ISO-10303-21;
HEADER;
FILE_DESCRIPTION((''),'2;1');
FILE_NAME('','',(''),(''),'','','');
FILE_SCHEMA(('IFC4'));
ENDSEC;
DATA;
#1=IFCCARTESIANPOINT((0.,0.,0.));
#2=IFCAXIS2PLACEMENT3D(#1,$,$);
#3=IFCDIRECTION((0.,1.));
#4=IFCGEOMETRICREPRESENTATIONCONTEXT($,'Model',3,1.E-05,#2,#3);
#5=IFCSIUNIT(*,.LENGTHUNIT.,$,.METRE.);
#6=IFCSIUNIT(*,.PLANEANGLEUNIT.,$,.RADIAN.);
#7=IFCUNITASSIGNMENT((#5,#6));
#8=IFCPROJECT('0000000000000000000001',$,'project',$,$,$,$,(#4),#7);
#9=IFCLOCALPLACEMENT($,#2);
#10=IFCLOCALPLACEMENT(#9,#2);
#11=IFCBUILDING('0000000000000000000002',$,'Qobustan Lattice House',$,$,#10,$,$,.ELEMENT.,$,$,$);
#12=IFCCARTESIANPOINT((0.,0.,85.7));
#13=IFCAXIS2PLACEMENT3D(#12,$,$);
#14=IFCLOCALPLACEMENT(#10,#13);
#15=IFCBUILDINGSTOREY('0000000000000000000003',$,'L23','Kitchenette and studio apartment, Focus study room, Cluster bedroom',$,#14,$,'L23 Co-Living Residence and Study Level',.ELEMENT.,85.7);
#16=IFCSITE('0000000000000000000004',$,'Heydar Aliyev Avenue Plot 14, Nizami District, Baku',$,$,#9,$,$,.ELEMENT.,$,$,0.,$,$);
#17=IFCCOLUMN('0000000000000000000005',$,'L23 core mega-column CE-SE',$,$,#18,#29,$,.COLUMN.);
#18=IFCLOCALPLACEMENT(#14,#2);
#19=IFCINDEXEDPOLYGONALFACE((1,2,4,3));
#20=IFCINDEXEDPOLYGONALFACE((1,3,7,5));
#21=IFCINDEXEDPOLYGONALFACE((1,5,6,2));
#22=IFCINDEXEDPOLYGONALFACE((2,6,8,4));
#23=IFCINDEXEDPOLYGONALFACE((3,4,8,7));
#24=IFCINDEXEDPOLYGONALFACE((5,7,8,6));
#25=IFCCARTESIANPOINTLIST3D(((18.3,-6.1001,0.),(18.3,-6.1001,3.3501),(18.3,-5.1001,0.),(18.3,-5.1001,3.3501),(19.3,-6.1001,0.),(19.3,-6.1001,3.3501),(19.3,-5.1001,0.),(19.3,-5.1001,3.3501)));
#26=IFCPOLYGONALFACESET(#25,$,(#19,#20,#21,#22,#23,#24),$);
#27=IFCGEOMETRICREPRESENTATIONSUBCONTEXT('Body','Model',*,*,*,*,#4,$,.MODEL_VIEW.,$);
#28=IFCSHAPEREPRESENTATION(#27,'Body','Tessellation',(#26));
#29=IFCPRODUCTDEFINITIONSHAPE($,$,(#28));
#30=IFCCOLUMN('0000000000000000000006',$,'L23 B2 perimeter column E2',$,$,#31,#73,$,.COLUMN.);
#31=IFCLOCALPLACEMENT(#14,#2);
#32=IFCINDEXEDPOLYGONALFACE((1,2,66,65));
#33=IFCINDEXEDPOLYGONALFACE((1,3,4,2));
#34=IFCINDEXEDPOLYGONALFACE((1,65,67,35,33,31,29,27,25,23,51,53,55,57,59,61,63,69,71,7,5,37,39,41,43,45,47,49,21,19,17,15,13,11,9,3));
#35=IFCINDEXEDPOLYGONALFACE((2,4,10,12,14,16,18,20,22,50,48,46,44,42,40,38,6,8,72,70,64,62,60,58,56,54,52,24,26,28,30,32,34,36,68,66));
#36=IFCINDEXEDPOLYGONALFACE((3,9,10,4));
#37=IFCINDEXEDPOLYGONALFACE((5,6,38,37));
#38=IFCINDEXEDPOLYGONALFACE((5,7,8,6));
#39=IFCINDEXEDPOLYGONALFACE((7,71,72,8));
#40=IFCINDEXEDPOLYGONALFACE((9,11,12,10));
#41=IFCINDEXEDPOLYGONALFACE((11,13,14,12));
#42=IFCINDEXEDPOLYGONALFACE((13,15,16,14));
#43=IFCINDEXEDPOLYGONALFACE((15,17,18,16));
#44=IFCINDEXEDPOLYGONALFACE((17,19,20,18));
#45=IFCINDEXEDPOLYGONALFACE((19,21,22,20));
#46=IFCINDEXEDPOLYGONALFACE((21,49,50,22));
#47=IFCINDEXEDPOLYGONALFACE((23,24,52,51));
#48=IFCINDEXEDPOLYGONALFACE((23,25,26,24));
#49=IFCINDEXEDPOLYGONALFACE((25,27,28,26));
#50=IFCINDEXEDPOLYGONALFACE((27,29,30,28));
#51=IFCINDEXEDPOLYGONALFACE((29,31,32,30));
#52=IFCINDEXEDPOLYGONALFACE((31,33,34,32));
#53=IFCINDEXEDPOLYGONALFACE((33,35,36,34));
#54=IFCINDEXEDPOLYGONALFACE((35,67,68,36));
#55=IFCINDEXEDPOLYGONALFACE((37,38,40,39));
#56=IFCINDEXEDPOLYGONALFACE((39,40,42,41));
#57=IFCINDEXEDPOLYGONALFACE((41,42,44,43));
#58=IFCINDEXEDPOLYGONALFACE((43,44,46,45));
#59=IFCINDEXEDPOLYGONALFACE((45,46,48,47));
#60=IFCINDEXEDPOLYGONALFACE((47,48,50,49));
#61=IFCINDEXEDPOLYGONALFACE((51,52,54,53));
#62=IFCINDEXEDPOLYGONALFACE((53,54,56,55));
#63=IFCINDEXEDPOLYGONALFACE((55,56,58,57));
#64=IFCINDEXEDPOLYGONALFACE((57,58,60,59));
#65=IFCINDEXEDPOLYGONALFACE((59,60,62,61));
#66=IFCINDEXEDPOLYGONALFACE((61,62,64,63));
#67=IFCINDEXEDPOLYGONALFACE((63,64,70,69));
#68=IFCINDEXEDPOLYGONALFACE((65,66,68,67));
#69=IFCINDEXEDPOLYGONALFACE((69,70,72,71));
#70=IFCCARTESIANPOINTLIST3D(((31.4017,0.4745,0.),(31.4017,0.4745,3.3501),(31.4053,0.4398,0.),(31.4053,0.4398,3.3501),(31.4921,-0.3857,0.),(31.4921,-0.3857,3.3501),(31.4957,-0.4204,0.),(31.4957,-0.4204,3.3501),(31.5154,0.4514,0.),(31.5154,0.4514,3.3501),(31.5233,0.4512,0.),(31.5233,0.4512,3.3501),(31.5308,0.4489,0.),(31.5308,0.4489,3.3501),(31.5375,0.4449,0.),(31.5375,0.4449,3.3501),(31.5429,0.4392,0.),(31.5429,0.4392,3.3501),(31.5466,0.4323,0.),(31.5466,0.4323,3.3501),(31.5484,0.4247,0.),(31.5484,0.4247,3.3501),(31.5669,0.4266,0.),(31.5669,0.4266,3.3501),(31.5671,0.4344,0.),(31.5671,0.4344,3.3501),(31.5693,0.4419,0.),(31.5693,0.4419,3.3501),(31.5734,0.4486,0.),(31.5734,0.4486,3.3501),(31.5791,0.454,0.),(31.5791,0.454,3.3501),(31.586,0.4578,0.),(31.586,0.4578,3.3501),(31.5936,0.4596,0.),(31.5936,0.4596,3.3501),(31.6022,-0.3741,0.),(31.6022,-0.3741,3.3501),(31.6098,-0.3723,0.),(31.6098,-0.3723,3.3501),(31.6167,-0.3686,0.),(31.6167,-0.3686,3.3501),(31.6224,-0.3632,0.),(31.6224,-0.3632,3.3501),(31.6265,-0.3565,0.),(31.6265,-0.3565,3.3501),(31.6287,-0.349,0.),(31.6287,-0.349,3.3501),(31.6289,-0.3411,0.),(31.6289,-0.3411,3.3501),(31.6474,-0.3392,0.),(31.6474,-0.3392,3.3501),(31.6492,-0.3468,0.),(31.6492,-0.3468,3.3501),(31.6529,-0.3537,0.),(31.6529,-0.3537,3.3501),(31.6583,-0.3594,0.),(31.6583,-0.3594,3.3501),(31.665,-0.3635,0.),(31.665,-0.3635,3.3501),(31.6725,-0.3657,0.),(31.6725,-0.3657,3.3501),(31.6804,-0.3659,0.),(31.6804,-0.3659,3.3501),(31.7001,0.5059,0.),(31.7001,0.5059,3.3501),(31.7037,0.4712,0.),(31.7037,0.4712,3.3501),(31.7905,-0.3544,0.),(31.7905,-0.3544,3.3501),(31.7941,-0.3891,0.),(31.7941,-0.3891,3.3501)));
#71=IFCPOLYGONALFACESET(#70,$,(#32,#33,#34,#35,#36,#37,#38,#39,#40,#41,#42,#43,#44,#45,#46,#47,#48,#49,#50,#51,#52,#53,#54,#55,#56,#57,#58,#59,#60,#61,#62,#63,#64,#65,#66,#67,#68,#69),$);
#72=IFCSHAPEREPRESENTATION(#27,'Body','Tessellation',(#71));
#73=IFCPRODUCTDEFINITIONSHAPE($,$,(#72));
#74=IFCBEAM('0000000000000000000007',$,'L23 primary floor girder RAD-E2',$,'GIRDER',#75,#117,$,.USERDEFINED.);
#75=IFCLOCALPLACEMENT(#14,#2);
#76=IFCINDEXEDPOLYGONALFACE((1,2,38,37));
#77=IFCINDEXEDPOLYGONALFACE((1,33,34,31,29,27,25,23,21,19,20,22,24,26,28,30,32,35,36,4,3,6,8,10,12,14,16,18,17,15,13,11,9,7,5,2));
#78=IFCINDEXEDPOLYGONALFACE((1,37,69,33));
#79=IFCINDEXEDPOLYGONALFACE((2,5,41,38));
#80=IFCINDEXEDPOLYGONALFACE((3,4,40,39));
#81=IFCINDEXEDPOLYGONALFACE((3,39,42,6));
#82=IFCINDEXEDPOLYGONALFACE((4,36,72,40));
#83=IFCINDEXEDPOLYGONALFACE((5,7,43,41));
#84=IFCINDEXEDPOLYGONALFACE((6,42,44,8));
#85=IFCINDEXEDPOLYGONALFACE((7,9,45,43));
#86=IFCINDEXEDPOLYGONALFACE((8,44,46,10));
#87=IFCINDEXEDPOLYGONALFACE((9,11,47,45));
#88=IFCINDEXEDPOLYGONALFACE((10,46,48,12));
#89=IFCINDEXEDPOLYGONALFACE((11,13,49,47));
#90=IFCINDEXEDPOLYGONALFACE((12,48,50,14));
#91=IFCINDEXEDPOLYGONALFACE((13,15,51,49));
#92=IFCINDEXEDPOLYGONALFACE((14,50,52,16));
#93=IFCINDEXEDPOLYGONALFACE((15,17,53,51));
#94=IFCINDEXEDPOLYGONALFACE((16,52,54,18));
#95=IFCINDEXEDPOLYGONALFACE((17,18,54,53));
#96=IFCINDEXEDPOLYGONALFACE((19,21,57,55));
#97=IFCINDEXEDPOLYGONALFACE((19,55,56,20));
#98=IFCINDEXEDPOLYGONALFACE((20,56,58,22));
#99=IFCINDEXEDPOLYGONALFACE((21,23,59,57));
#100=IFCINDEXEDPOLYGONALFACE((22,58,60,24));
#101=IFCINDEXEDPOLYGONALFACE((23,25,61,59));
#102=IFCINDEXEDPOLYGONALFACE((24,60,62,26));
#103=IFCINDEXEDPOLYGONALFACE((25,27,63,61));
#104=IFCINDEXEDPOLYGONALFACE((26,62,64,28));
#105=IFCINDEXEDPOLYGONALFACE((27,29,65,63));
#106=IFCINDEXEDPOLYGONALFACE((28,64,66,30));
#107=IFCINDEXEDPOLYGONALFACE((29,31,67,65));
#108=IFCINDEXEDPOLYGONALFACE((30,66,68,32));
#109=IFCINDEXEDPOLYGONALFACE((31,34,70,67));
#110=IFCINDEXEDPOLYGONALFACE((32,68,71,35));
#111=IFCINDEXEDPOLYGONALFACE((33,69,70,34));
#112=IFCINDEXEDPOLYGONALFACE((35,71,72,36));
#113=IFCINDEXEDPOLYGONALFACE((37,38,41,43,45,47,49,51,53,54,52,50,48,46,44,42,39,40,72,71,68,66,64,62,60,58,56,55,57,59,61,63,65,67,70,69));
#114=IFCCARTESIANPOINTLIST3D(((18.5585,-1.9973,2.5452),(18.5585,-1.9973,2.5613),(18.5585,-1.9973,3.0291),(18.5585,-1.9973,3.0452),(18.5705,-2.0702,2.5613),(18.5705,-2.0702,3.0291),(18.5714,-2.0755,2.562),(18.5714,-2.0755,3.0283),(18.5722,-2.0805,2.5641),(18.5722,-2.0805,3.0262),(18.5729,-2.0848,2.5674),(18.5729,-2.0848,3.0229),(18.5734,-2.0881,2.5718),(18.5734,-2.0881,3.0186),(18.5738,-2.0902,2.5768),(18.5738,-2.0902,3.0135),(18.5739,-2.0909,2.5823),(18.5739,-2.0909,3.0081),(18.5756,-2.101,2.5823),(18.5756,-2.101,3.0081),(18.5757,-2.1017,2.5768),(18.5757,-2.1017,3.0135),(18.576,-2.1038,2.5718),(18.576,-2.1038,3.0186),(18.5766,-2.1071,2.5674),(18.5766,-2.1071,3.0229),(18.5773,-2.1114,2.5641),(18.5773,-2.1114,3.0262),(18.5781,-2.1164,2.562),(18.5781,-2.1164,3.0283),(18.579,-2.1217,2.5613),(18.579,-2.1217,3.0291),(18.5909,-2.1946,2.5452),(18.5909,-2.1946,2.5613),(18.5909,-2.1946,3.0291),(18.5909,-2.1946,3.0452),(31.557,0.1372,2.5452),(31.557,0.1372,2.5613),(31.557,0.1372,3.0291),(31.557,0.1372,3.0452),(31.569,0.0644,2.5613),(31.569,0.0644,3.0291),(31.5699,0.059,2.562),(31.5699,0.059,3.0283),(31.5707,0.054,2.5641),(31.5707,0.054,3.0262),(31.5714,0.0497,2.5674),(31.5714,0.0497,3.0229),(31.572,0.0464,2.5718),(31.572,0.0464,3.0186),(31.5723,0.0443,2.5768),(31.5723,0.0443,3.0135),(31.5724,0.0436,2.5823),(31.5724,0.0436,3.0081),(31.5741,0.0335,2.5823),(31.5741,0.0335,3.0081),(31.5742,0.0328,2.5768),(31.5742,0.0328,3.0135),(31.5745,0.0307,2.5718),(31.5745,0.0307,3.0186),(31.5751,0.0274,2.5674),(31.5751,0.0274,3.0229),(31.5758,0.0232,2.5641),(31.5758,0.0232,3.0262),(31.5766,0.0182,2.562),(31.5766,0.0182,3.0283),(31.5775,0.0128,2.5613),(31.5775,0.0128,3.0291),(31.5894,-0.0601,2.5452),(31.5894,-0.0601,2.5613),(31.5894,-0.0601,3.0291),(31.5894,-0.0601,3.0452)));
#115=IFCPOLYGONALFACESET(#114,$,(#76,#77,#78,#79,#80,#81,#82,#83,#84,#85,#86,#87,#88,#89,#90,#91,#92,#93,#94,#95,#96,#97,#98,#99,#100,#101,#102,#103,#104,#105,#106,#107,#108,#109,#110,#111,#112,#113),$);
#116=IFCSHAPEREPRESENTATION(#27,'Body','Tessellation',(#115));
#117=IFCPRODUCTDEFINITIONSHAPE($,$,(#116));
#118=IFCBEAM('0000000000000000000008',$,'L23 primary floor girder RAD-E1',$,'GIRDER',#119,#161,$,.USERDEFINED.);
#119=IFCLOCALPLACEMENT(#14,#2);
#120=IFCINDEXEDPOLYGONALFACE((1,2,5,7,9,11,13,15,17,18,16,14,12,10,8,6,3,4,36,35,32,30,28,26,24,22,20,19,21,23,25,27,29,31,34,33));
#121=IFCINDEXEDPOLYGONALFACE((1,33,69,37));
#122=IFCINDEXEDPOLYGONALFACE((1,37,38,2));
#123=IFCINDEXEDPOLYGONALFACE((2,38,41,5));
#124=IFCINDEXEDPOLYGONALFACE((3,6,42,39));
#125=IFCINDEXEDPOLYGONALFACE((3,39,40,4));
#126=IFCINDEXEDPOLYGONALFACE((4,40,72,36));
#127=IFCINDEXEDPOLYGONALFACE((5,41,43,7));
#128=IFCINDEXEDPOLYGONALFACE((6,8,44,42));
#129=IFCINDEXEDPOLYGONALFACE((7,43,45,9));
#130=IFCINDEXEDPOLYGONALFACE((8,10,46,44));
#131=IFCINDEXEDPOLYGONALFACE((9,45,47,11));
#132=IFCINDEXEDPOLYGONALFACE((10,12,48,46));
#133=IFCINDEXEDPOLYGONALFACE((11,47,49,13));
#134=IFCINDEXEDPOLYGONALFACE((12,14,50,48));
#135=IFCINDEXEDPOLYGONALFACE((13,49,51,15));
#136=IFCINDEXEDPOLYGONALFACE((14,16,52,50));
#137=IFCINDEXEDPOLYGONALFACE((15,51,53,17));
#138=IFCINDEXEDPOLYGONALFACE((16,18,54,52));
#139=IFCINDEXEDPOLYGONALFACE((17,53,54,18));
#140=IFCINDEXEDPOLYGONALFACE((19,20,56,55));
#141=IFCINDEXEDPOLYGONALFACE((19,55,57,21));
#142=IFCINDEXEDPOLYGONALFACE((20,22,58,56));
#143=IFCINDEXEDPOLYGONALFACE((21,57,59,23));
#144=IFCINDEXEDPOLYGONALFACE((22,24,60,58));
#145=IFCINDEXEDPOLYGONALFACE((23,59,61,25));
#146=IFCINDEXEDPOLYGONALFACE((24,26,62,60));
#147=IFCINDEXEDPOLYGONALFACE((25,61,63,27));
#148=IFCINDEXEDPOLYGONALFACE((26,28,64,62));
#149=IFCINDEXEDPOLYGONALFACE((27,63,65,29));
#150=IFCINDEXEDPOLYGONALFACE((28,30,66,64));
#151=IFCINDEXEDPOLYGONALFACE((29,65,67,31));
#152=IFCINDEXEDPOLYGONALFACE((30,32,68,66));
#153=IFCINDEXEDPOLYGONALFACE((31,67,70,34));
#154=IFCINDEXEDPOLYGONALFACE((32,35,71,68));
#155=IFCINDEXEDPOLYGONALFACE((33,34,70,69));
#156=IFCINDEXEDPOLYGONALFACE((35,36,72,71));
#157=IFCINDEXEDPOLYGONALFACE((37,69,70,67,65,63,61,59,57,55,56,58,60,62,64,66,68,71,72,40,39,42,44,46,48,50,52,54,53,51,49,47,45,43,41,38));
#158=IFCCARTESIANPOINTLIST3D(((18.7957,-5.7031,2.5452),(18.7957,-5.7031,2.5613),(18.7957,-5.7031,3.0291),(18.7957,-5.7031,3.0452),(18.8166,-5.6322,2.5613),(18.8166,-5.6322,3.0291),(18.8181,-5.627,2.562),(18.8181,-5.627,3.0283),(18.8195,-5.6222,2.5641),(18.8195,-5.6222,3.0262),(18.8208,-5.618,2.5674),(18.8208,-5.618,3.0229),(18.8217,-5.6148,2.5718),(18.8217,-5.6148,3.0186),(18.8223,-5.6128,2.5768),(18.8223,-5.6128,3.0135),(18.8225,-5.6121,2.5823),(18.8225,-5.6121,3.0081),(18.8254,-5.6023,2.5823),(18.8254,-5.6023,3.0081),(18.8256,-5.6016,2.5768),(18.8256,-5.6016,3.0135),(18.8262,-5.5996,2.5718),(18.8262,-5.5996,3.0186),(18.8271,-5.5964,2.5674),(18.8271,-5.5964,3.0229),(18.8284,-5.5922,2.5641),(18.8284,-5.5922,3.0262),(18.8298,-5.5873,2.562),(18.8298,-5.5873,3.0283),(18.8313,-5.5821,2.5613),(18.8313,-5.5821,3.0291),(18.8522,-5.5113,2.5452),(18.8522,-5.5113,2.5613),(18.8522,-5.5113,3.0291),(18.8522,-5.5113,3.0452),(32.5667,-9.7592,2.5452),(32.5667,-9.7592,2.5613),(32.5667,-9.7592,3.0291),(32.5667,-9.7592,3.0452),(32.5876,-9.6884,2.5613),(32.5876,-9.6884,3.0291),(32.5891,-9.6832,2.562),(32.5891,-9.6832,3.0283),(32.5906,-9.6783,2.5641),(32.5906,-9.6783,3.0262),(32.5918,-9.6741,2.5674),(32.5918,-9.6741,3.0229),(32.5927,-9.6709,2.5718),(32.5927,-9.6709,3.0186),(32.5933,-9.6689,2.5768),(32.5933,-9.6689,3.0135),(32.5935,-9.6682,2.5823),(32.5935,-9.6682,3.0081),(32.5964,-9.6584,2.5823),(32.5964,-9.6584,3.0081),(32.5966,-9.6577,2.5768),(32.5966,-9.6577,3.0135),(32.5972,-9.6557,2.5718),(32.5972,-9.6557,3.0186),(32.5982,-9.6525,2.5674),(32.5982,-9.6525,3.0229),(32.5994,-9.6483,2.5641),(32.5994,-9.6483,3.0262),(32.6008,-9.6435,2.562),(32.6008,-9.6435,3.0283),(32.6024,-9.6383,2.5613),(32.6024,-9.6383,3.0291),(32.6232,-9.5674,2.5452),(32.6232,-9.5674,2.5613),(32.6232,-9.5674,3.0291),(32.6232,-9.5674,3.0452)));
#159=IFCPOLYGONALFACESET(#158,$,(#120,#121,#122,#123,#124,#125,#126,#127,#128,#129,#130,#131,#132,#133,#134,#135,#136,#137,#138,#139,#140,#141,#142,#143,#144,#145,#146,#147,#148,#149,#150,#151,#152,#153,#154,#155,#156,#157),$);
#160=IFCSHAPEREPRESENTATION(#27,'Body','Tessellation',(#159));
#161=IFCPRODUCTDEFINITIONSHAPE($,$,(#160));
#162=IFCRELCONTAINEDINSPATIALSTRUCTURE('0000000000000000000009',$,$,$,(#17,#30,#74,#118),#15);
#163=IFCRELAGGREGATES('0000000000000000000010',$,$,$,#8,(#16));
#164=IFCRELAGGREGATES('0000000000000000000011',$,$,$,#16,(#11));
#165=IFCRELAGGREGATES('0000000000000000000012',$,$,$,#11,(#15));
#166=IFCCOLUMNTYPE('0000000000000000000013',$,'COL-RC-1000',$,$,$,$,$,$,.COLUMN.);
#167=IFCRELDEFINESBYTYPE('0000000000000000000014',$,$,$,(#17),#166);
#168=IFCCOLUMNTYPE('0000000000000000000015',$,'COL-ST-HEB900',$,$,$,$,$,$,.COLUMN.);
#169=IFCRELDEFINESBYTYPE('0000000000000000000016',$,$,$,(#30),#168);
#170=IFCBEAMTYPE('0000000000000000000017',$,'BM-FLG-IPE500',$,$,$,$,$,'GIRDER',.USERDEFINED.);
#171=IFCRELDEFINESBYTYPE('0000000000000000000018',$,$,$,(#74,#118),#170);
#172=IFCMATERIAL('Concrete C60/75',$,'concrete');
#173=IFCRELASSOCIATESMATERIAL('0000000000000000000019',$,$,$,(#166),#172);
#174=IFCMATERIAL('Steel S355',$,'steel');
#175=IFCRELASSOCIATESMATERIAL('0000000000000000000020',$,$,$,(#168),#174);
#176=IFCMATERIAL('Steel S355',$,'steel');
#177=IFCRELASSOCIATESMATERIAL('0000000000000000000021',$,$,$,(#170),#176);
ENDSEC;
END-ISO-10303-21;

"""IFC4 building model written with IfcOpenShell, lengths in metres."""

from ifc_helpers import new_model, si_unit, direction, frame, origin, origin_2d, place, context, subcontext, project, spatial, rectangle, i_section, extrude, material, material_profile, profile_set, type_object, element, save


model = new_model("IFC4")

# Units and contexts
model_context = context("Model", 3, precision=1e-05, world=origin(), true_north=direction((0.0, 1.0)))
body_context = subcontext(model_context, "Body", "Model", "MODEL_VIEW")
ifc_project = project(units=[si_unit("LENGTHUNIT", "METRE"), si_unit("PLANEANGLEUNIT", "RADIAN")], contexts=[model_context])

# Site, building, storey
site_placement = place(None, origin())
site = spatial("IfcSite", under=ifc_project, at=site_placement, Name="Heydar Aliyev Avenue Plot 14, Nizami District, Baku", CompositionType="ELEMENT", RefElevation=0.0)
building_placement = place(site_placement, origin())
building = spatial("IfcBuilding", under=site, at=building_placement, Name="Qobustan Lattice House", CompositionType="ELEMENT")
storey_placement = place(building_placement, frame((0.0, 0.0, 85.7)))
storey = spatial("IfcBuildingStorey", under=building, at=storey_placement, Name="L23", Description="Kitchenette and studio apartment, Focus study room, Cluster bedroom", LongName="L23 Co-Living Residence and Study Level", CompositionType="ELEMENT", Elevation=85.7)

# Columns
ifc_material_1 = material(Name="Concrete C60/75", Category="concrete")
ifc_material_profile_1 = material_profile(ifc_material_1, rectangle(XDim=1.0, YDim=1.0, at=origin_2d()), Name="RC1000x1000")
ifc_profile_set_1 = profile_set([ifc_material_profile_1], Name="Concrete C60/75")
column_type_1 = type_object("IfcColumnType", Name="COL-RC-1000", PredefinedType="COLUMN", material=ifc_profile_set_1)
column_1_placement = place(storey_placement, frame((18.8, -5.6001, 0.0), z_axis=(0.0, 0.0, 1.0), x_axis=(1.0, 0.0, 0.0)))
element("IfcColumn", 1, at=column_1_placement, inside=storey, type_object=column_type_1, Name="L23 core mega-column CE-SE", PredefinedType="COLUMN", context=body_context, shape_type="SweptSolid", body=[
    extrude(rectangle(XDim=1.0, YDim=1.0, at=origin_2d()), origin(), (0.0, 0.0, 1.0), 3.3501),
])
ifc_material_2 = material(Name="Steel S355", Category="steel")
ifc_material_profile_2 = material_profile(ifc_material_2, i_section(OverallWidth=0.3, OverallDepth=0.8999, WebThickness=0.0186, FlangeThickness=0.0349, FilletRadius=0.03, at=origin_2d()), Name="HEB900")
ifc_profile_set_2 = profile_set([ifc_material_profile_2], Name="Steel S355")
column_type_2 = type_object("IfcColumnType", Name="COL-ST-HEB900", PredefinedType="COLUMN", material=ifc_profile_set_2)
column_2_placement = place(storey_placement, frame((31.5979, 0.0427, 0.0), z_axis=(0.0, 0.0, 1.0), x_axis=(0.994522, 0.104528, 0.0)))
element("IfcColumn", 2, at=column_2_placement, inside=storey, type_object=column_type_2, Name="L23 B2 perimeter column E2", PredefinedType="COLUMN", context=body_context, shape_type="SweptSolid", body=[
    extrude(i_section(OverallWidth=0.3, OverallDepth=0.8999, WebThickness=0.0186, FlangeThickness=0.0349, FilletRadius=0.03, at=origin_2d()), origin(), (0.0, 0.0, 1.0), 3.3501),
])

# Beams
ifc_material_3 = material(Name="Steel S355", Category="steel")
ifc_material_profile_3 = material_profile(ifc_material_3, i_section(OverallWidth=0.2, OverallDepth=0.5, WebThickness=0.0103, FlangeThickness=0.0161, FilletRadius=0.021, at=origin_2d()), Name="IPE500")
ifc_profile_set_3 = profile_set([ifc_material_profile_3], Name="Steel S355")
beam_type_1 = type_object("IfcBeamType", Name="BM-FLG-IPE500", ElementType="GIRDER", PredefinedType="USERDEFINED", material=ifc_profile_set_3)
beam_1_placement = place(storey_placement, frame((31.5732, 0.0386, 2.7952), z_axis=(-0.986784, -0.162042, 0.0), x_axis=(0.162042, -0.986784, 0.0)))
element("IfcBeam", 3, at=beam_1_placement, inside=storey, type_object=beam_type_1, Name="L23 primary floor girder RAD-E2", ObjectType="GIRDER", PredefinedType="USERDEFINED", context=body_context, shape_type="SweptSolid", body=[
    extrude(i_section(OverallWidth=0.2, OverallDepth=0.5, WebThickness=0.0103, FlangeThickness=0.0161, FilletRadius=0.021, at=origin_2d()), origin(), (0.0, 0.0, 1.0), 13.1726),
])
beam_2_placement = place(storey_placement, frame((32.595, -9.6633, 2.7952), z_axis=(-0.959255, 0.282542, 0.0), x_axis=(-0.282542, -0.959255, 0.0)))
element("IfcBeam", 4, at=beam_2_placement, inside=storey, type_object=beam_type_1, Name="L23 primary floor girder RAD-E1", ObjectType="GIRDER", PredefinedType="USERDEFINED", context=body_context, shape_type="SweptSolid", body=[
    extrude(i_section(OverallWidth=0.2, OverallDepth=0.5, WebThickness=0.0103, FlangeThickness=0.0161, FilletRadius=0.021, at=origin_2d()), origin(), (0.0, 0.0, 1.0), 14.356),
])

save(model, "model.ifc")
